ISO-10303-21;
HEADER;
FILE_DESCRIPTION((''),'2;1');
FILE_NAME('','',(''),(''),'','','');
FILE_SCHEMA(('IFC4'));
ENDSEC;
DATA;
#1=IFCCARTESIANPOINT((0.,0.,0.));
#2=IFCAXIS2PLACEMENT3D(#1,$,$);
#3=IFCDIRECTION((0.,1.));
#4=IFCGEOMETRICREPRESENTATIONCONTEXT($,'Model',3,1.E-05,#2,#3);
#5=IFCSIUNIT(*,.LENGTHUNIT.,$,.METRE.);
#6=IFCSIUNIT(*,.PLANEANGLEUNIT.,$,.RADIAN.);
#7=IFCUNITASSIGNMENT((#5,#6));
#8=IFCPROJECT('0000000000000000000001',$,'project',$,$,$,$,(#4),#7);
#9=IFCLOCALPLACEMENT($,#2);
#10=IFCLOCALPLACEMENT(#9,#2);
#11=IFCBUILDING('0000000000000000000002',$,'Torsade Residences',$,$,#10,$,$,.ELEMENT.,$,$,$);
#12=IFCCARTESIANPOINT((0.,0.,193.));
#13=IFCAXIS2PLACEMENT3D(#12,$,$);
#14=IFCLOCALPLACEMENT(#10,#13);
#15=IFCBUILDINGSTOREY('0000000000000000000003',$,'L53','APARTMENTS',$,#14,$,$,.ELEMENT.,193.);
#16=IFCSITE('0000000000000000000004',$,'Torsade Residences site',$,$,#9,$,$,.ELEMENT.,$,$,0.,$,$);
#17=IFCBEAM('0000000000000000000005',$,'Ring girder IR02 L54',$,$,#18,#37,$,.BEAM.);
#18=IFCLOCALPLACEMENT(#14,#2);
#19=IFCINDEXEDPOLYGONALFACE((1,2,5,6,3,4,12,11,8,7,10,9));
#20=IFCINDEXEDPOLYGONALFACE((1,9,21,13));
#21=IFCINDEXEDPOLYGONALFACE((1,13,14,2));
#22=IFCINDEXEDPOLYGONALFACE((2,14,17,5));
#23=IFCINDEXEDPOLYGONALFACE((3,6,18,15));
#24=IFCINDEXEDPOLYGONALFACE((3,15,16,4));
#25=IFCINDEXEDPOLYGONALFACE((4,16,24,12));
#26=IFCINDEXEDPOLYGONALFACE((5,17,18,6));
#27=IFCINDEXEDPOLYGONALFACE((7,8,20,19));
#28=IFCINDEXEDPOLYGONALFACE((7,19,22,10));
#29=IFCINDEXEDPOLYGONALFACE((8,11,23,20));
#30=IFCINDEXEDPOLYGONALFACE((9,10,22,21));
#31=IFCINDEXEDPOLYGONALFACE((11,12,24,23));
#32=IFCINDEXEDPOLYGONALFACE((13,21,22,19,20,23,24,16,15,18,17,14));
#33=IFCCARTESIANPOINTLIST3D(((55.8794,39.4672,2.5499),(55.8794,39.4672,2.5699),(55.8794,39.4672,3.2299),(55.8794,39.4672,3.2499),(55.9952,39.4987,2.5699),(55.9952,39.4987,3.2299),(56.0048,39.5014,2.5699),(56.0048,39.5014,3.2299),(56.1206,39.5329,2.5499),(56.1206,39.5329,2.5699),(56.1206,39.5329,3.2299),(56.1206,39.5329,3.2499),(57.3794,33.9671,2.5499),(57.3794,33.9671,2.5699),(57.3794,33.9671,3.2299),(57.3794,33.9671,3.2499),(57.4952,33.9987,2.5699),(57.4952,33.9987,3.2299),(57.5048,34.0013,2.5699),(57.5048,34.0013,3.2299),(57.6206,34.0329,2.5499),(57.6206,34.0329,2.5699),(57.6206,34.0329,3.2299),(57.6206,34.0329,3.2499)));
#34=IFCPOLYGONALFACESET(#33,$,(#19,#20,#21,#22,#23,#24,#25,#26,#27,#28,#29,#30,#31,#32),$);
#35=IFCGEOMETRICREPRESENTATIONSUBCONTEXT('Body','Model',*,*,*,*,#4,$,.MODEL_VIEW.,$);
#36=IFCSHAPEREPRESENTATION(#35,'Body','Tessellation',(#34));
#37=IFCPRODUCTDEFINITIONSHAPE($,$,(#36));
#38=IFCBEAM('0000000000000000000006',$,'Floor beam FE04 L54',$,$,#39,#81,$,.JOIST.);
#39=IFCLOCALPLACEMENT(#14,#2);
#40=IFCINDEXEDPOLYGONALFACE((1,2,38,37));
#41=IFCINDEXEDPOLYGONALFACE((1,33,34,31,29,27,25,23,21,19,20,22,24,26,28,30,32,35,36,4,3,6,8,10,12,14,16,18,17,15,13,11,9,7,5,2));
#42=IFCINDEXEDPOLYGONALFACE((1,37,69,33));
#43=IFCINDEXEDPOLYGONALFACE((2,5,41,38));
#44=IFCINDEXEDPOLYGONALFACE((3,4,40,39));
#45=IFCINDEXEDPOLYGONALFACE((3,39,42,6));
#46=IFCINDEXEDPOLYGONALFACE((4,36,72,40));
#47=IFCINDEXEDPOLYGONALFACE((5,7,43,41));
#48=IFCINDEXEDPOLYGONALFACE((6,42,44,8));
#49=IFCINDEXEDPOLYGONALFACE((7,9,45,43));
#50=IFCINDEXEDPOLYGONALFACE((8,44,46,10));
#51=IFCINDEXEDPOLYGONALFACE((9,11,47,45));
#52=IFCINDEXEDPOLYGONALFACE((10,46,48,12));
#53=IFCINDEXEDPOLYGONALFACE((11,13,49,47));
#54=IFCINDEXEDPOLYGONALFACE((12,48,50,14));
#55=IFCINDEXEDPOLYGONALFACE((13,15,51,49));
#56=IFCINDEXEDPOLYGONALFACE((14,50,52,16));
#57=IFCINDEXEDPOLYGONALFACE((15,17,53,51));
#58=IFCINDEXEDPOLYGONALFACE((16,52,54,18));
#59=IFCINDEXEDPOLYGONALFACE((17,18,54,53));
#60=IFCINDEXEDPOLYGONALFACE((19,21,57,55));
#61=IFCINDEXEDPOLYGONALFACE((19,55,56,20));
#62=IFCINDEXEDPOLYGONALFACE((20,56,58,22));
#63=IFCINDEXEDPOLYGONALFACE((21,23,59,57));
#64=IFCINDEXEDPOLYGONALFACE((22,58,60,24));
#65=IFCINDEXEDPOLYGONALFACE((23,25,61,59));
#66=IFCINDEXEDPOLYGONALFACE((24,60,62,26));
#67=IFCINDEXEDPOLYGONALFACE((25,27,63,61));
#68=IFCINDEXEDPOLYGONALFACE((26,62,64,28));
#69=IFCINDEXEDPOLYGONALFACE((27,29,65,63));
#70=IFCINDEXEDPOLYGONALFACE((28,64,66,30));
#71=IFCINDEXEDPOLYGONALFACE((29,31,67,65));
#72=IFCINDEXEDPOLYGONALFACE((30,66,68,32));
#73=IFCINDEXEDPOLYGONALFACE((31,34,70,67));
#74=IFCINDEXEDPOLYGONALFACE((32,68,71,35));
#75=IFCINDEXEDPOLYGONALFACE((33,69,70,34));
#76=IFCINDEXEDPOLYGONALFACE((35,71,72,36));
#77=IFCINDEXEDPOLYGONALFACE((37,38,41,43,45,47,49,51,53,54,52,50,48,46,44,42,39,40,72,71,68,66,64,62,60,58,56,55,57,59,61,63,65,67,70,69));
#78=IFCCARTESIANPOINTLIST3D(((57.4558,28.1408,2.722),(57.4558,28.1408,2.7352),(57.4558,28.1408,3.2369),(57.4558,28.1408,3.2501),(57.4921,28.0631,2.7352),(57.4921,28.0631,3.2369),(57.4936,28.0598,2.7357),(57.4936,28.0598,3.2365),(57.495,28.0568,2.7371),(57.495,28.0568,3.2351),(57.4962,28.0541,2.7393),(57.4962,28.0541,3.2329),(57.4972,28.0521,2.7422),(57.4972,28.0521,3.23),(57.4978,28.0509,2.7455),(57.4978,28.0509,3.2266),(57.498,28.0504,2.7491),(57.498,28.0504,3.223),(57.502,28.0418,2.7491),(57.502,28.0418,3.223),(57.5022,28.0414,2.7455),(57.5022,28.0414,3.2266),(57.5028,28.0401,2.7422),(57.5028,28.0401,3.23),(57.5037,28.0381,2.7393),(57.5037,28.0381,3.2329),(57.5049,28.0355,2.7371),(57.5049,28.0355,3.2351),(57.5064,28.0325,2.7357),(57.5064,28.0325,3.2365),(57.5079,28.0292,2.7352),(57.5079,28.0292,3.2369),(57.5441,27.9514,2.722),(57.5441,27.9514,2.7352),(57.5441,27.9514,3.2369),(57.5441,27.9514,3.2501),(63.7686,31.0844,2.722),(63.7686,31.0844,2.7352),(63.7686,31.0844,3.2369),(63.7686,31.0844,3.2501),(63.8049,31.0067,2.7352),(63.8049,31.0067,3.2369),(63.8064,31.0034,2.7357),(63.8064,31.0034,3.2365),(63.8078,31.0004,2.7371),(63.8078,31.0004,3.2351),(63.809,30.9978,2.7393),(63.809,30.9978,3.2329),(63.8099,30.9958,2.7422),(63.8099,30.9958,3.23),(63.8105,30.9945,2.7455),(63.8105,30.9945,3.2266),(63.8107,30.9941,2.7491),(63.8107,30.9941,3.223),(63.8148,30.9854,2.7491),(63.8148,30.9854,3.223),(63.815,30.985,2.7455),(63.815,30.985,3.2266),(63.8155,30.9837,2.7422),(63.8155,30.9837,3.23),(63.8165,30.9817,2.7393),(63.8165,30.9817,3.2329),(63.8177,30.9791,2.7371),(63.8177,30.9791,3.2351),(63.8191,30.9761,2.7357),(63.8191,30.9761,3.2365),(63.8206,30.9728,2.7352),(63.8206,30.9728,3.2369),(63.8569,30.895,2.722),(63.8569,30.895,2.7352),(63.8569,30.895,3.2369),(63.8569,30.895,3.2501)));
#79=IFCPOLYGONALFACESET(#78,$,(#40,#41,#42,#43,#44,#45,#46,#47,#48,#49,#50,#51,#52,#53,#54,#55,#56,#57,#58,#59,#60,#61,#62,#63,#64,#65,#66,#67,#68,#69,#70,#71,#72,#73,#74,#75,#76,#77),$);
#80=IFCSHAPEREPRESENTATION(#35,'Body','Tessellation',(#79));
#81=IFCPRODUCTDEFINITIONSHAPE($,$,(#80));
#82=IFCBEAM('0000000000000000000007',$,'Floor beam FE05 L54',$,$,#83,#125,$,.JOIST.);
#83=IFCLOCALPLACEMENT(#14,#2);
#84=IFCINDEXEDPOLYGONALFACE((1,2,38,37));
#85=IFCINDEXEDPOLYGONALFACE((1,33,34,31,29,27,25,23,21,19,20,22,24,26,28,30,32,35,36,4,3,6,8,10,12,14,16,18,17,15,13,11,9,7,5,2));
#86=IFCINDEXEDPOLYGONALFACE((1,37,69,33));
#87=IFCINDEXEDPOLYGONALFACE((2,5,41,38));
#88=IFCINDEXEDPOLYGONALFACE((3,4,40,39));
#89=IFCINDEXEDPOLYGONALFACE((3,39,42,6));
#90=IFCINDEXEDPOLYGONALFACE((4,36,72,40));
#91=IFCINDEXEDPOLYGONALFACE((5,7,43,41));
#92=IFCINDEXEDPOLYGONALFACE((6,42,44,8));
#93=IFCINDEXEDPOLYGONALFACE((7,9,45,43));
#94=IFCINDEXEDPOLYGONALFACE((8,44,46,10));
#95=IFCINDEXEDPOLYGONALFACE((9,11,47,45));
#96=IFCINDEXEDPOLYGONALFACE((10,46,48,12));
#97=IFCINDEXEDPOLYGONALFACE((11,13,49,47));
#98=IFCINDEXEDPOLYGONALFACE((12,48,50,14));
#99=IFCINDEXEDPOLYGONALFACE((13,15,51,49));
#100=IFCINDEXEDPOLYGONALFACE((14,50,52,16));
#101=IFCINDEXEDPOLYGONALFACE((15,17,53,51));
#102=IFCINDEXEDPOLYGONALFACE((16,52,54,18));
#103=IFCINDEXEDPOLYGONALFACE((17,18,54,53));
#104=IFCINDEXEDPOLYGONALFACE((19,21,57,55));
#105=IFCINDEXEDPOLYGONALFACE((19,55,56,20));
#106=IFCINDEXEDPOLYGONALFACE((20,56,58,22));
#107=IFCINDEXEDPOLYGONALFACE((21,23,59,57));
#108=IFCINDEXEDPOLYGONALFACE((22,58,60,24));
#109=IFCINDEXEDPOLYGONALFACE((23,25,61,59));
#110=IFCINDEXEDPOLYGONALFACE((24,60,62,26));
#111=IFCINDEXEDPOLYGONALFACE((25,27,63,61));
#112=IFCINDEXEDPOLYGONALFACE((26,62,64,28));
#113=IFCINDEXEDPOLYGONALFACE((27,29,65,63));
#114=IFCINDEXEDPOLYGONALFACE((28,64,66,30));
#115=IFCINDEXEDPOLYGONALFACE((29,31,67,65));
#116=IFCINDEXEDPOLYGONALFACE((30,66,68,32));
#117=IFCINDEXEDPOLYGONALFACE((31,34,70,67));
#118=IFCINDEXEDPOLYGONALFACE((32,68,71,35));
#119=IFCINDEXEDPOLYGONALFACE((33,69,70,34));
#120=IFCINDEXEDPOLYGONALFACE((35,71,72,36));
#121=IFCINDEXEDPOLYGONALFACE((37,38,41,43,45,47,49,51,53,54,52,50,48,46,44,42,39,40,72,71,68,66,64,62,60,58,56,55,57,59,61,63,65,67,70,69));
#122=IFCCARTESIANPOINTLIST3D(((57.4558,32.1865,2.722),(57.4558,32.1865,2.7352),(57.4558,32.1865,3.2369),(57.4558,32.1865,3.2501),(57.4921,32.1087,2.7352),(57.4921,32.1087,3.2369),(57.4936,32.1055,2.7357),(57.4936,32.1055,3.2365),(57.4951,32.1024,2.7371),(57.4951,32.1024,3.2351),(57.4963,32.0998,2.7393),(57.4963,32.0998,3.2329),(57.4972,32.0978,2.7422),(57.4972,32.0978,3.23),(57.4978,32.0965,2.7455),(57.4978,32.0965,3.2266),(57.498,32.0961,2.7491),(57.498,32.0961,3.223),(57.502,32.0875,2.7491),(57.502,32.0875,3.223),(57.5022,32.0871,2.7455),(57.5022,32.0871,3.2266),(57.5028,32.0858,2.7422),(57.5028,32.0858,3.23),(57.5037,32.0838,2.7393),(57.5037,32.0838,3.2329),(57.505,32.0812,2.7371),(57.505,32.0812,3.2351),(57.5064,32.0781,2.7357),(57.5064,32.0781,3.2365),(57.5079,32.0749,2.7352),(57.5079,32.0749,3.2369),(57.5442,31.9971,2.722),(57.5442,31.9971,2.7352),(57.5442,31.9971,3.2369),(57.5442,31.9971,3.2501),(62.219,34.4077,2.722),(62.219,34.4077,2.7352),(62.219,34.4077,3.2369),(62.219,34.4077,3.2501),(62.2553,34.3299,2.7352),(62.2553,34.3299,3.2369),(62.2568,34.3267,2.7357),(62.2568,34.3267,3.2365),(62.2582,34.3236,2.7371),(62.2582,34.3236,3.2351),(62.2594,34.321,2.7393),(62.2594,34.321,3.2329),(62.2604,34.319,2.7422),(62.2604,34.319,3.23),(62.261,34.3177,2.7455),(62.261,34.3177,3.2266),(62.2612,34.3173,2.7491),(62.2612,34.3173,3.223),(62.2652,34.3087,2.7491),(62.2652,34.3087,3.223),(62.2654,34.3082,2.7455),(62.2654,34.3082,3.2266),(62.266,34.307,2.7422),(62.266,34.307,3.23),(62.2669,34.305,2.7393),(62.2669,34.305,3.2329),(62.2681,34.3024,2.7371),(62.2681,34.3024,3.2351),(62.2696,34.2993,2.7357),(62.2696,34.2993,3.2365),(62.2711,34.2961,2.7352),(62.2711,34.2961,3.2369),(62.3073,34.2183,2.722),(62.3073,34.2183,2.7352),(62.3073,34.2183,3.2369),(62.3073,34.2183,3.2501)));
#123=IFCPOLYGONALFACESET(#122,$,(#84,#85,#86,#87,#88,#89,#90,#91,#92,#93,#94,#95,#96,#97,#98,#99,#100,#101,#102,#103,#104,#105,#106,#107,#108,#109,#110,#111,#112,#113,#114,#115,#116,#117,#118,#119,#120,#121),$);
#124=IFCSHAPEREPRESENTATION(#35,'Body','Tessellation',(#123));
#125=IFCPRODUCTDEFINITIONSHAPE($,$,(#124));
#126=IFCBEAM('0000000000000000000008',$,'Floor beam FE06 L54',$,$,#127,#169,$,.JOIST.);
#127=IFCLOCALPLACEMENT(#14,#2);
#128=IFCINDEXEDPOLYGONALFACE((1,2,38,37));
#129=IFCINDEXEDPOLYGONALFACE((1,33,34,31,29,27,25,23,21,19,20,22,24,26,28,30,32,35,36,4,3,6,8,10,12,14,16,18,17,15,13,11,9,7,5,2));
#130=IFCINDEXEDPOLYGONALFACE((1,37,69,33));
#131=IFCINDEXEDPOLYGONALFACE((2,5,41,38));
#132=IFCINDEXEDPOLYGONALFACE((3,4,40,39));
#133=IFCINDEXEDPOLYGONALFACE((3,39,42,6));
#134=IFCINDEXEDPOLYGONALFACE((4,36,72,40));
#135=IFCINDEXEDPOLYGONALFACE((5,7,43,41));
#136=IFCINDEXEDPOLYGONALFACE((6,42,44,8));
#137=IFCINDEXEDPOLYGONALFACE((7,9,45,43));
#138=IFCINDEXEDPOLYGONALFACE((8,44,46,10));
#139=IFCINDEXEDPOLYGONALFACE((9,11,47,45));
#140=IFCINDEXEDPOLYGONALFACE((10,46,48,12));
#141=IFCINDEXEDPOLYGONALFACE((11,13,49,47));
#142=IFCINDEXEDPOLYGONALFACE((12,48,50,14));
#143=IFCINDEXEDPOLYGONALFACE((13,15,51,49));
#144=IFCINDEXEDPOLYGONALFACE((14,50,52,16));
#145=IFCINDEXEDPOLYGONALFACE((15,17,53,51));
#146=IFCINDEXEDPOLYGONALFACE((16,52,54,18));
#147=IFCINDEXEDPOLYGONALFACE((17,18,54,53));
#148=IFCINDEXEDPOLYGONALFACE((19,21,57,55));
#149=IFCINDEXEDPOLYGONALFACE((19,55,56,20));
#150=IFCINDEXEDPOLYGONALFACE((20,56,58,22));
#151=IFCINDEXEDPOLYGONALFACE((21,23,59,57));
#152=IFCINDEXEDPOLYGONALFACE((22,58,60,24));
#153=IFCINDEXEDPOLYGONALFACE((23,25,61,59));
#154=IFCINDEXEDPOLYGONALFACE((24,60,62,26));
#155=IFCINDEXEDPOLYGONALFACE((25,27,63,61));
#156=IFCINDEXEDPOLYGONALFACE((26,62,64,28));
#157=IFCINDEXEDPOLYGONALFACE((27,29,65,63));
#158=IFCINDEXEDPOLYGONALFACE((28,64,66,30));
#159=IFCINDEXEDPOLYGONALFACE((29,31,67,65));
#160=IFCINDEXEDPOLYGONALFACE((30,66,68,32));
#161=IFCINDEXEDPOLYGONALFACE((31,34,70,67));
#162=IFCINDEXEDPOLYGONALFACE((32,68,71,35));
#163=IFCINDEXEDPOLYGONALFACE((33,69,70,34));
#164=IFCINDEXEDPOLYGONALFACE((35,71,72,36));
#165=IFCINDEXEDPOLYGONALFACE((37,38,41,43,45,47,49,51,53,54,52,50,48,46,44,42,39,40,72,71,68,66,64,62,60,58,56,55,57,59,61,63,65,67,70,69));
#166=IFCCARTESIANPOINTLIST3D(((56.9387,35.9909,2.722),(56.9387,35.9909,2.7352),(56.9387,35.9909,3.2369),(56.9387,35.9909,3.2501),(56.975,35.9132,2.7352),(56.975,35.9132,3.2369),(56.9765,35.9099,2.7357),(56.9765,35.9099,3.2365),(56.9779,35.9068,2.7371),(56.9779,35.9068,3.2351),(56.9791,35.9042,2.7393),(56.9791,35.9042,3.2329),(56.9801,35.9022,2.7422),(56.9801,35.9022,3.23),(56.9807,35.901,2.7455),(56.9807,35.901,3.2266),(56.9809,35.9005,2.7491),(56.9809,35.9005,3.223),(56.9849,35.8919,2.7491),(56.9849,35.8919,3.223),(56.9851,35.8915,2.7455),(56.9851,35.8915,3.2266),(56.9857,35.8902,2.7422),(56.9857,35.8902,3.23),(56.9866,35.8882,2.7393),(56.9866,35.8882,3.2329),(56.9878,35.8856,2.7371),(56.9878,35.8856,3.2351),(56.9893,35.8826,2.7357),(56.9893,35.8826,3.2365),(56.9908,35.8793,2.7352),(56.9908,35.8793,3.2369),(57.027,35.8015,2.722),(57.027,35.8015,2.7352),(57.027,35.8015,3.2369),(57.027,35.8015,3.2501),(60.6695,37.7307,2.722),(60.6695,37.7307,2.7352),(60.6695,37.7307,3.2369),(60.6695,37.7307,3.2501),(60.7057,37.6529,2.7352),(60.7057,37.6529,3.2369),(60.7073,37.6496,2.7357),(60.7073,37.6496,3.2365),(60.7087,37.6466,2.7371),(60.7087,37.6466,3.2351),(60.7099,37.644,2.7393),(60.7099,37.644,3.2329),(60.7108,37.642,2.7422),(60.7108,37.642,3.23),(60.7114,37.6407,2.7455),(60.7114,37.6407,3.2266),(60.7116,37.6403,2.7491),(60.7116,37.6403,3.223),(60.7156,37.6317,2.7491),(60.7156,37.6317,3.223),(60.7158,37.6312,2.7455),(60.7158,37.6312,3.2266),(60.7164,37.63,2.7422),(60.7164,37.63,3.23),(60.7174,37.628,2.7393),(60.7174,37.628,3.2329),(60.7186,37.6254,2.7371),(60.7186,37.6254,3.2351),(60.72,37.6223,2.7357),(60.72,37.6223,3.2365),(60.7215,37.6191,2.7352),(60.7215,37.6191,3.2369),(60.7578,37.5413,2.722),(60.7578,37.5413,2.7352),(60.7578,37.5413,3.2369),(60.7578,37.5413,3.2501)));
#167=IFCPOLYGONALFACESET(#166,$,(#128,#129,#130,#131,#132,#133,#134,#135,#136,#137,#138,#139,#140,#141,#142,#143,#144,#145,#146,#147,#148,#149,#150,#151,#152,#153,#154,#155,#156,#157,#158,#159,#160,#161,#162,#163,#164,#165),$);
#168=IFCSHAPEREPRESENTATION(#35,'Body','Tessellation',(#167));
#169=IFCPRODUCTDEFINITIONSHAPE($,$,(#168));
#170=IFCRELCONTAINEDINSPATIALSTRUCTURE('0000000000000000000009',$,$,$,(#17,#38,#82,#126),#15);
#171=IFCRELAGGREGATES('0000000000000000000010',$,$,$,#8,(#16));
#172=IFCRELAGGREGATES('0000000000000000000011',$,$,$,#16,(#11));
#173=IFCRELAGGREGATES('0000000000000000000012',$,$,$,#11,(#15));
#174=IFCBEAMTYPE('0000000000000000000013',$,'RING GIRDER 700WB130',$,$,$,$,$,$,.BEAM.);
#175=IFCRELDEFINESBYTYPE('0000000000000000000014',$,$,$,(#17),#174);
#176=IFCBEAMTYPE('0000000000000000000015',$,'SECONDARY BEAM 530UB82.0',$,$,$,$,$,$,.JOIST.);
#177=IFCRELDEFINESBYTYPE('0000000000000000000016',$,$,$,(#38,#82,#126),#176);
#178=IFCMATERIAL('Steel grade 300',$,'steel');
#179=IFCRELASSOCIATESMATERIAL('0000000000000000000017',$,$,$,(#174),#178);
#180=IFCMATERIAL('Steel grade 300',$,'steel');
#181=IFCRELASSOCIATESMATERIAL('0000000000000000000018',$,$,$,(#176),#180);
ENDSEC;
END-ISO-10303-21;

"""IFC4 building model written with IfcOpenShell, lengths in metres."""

from ifc_helpers import new_model, si_unit, direction, frame, origin, origin_2d, place, context, subcontext, project, spatial, i_section, extrude, material, material_profile, profile_set, type_object, element, save


model = new_model("IFC4")

# Units and contexts
model_context = context("Model", 3, precision=1e-05, world=origin(), true_north=direction((0.0, 1.0)))
body_context = subcontext(model_context, "Body", "Model", "MODEL_VIEW")
ifc_project = project(units=[si_unit("LENGTHUNIT", "METRE"), si_unit("PLANEANGLEUNIT", "RADIAN")], contexts=[model_context])

# Site, building, storey
site_placement = place(None, origin())
site = spatial("IfcSite", under=ifc_project, at=site_placement, Name="Torsade Residences site", CompositionType="ELEMENT", RefElevation=0.0)
building_placement = place(site_placement, origin())
building = spatial("IfcBuilding", under=site, at=building_placement, Name="Torsade Residences", CompositionType="ELEMENT")
storey_placement = place(building_placement, frame((0.0, 0.0, 193.0)))
storey = spatial("IfcBuildingStorey", under=building, at=storey_placement, Name="L53", Description="APARTMENTS", CompositionType="ELEMENT", Elevation=193.0)

# Beams
ifc_material_1 = material(Name="Steel grade 300", Category="steel")
ifc_material_profile_1 = material_profile(ifc_material_1, i_section(OverallWidth=0.25, OverallDepth=0.7, WebThickness=0.01, FlangeThickness=0.02, at=origin_2d()), Name="700WB130")
ifc_profile_set_1 = profile_set([ifc_material_profile_1], Name="Steel grade 300")
beam_type_1 = type_object("IfcBeamType", Name="RING GIRDER 700WB130", PredefinedType="BEAM", material=ifc_profile_set_1)
beam_1_placement = place(storey_placement, frame((57.5, 34.0, 2.8999), z_axis=(-0.263117, 0.964764, 0.0), x_axis=(-0.964764, -0.263117, 0.0)))
element("IfcBeam", 1, at=beam_1_placement, inside=storey, type_object=beam_type_1, Name="Ring girder IR02 L54", PredefinedType="BEAM", context=body_context, shape_type="SweptSolid", body=[
    extrude(i_section(OverallWidth=0.25, OverallDepth=0.7, WebThickness=0.01, FlangeThickness=0.02, at=origin_2d()), origin(), (0.0, 0.0, 1.0), 5.7009),
])
ifc_material_2 = material(Name="Steel grade 300", Category="steel")
ifc_material_profile_2 = material_profile(ifc_material_2, i_section(OverallWidth=0.209, OverallDepth=0.5281, WebThickness=0.0095, FlangeThickness=0.0132, FilletRadius=0.0139, at=origin_2d()), Name="530UB82.0")
ifc_profile_set_2 = profile_set([ifc_material_profile_2], Name="Steel grade 300")
beam_type_2 = type_object("IfcBeamType", Name="SECONDARY BEAM 530UB82.0", PredefinedType="JOIST", material=ifc_profile_set_2)
beam_2_placement = place(storey_placement, frame((63.8127, 30.9897, 2.9861), z_axis=(-0.906312, -0.422609, 0.0), x_axis=(0.422609, -0.906312, 0.0)))
element("IfcBeam", 2, at=beam_2_placement, inside=storey, type_object=beam_type_2, Name="Floor beam FE04 L54", PredefinedType="JOIST", context=body_context, shape_type="SweptSolid", body=[
    extrude(i_section(OverallWidth=0.209, OverallDepth=0.5281, WebThickness=0.0095, FlangeThickness=0.0132, FilletRadius=0.0139, at=origin_2d()), origin(), (0.0, 0.0, 1.0), 6.9653),
])
beam_3_placement = place(storey_placement, frame((62.2632, 34.313, 2.9861), z_axis=(-0.906302, -0.422631, 0.0), x_axis=(0.422631, -0.906302, 0.0)))
element("IfcBeam", 3, at=beam_3_placement, inside=storey, type_object=beam_type_2, Name="Floor beam FE05 L54", PredefinedType="JOIST", context=body_context, shape_type="SweptSolid", body=[
    extrude(i_section(OverallWidth=0.209, OverallDepth=0.5281, WebThickness=0.0095, FlangeThickness=0.0132, FilletRadius=0.0139, at=origin_2d()), origin(), (0.0, 0.0, 1.0), 5.2556),
])
beam_4_placement = place(storey_placement, frame((60.7136, 37.636, 2.9861), z_axis=(-0.9063, -0.422635, 0.0), x_axis=(0.422635, -0.9063, 0.0)))
element("IfcBeam", 4, at=beam_4_placement, inside=storey, type_object=beam_type_2, Name="Floor beam FE06 L54", PredefinedType="JOIST", context=body_context, shape_type="SweptSolid", body=[
    extrude(i_section(OverallWidth=0.209, OverallDepth=0.5281, WebThickness=0.0095, FlangeThickness=0.0132, FilletRadius=0.0139, at=origin_2d()), origin(), (0.0, 0.0, 1.0), 4.1165),
])

save(model, "model.ifc")
